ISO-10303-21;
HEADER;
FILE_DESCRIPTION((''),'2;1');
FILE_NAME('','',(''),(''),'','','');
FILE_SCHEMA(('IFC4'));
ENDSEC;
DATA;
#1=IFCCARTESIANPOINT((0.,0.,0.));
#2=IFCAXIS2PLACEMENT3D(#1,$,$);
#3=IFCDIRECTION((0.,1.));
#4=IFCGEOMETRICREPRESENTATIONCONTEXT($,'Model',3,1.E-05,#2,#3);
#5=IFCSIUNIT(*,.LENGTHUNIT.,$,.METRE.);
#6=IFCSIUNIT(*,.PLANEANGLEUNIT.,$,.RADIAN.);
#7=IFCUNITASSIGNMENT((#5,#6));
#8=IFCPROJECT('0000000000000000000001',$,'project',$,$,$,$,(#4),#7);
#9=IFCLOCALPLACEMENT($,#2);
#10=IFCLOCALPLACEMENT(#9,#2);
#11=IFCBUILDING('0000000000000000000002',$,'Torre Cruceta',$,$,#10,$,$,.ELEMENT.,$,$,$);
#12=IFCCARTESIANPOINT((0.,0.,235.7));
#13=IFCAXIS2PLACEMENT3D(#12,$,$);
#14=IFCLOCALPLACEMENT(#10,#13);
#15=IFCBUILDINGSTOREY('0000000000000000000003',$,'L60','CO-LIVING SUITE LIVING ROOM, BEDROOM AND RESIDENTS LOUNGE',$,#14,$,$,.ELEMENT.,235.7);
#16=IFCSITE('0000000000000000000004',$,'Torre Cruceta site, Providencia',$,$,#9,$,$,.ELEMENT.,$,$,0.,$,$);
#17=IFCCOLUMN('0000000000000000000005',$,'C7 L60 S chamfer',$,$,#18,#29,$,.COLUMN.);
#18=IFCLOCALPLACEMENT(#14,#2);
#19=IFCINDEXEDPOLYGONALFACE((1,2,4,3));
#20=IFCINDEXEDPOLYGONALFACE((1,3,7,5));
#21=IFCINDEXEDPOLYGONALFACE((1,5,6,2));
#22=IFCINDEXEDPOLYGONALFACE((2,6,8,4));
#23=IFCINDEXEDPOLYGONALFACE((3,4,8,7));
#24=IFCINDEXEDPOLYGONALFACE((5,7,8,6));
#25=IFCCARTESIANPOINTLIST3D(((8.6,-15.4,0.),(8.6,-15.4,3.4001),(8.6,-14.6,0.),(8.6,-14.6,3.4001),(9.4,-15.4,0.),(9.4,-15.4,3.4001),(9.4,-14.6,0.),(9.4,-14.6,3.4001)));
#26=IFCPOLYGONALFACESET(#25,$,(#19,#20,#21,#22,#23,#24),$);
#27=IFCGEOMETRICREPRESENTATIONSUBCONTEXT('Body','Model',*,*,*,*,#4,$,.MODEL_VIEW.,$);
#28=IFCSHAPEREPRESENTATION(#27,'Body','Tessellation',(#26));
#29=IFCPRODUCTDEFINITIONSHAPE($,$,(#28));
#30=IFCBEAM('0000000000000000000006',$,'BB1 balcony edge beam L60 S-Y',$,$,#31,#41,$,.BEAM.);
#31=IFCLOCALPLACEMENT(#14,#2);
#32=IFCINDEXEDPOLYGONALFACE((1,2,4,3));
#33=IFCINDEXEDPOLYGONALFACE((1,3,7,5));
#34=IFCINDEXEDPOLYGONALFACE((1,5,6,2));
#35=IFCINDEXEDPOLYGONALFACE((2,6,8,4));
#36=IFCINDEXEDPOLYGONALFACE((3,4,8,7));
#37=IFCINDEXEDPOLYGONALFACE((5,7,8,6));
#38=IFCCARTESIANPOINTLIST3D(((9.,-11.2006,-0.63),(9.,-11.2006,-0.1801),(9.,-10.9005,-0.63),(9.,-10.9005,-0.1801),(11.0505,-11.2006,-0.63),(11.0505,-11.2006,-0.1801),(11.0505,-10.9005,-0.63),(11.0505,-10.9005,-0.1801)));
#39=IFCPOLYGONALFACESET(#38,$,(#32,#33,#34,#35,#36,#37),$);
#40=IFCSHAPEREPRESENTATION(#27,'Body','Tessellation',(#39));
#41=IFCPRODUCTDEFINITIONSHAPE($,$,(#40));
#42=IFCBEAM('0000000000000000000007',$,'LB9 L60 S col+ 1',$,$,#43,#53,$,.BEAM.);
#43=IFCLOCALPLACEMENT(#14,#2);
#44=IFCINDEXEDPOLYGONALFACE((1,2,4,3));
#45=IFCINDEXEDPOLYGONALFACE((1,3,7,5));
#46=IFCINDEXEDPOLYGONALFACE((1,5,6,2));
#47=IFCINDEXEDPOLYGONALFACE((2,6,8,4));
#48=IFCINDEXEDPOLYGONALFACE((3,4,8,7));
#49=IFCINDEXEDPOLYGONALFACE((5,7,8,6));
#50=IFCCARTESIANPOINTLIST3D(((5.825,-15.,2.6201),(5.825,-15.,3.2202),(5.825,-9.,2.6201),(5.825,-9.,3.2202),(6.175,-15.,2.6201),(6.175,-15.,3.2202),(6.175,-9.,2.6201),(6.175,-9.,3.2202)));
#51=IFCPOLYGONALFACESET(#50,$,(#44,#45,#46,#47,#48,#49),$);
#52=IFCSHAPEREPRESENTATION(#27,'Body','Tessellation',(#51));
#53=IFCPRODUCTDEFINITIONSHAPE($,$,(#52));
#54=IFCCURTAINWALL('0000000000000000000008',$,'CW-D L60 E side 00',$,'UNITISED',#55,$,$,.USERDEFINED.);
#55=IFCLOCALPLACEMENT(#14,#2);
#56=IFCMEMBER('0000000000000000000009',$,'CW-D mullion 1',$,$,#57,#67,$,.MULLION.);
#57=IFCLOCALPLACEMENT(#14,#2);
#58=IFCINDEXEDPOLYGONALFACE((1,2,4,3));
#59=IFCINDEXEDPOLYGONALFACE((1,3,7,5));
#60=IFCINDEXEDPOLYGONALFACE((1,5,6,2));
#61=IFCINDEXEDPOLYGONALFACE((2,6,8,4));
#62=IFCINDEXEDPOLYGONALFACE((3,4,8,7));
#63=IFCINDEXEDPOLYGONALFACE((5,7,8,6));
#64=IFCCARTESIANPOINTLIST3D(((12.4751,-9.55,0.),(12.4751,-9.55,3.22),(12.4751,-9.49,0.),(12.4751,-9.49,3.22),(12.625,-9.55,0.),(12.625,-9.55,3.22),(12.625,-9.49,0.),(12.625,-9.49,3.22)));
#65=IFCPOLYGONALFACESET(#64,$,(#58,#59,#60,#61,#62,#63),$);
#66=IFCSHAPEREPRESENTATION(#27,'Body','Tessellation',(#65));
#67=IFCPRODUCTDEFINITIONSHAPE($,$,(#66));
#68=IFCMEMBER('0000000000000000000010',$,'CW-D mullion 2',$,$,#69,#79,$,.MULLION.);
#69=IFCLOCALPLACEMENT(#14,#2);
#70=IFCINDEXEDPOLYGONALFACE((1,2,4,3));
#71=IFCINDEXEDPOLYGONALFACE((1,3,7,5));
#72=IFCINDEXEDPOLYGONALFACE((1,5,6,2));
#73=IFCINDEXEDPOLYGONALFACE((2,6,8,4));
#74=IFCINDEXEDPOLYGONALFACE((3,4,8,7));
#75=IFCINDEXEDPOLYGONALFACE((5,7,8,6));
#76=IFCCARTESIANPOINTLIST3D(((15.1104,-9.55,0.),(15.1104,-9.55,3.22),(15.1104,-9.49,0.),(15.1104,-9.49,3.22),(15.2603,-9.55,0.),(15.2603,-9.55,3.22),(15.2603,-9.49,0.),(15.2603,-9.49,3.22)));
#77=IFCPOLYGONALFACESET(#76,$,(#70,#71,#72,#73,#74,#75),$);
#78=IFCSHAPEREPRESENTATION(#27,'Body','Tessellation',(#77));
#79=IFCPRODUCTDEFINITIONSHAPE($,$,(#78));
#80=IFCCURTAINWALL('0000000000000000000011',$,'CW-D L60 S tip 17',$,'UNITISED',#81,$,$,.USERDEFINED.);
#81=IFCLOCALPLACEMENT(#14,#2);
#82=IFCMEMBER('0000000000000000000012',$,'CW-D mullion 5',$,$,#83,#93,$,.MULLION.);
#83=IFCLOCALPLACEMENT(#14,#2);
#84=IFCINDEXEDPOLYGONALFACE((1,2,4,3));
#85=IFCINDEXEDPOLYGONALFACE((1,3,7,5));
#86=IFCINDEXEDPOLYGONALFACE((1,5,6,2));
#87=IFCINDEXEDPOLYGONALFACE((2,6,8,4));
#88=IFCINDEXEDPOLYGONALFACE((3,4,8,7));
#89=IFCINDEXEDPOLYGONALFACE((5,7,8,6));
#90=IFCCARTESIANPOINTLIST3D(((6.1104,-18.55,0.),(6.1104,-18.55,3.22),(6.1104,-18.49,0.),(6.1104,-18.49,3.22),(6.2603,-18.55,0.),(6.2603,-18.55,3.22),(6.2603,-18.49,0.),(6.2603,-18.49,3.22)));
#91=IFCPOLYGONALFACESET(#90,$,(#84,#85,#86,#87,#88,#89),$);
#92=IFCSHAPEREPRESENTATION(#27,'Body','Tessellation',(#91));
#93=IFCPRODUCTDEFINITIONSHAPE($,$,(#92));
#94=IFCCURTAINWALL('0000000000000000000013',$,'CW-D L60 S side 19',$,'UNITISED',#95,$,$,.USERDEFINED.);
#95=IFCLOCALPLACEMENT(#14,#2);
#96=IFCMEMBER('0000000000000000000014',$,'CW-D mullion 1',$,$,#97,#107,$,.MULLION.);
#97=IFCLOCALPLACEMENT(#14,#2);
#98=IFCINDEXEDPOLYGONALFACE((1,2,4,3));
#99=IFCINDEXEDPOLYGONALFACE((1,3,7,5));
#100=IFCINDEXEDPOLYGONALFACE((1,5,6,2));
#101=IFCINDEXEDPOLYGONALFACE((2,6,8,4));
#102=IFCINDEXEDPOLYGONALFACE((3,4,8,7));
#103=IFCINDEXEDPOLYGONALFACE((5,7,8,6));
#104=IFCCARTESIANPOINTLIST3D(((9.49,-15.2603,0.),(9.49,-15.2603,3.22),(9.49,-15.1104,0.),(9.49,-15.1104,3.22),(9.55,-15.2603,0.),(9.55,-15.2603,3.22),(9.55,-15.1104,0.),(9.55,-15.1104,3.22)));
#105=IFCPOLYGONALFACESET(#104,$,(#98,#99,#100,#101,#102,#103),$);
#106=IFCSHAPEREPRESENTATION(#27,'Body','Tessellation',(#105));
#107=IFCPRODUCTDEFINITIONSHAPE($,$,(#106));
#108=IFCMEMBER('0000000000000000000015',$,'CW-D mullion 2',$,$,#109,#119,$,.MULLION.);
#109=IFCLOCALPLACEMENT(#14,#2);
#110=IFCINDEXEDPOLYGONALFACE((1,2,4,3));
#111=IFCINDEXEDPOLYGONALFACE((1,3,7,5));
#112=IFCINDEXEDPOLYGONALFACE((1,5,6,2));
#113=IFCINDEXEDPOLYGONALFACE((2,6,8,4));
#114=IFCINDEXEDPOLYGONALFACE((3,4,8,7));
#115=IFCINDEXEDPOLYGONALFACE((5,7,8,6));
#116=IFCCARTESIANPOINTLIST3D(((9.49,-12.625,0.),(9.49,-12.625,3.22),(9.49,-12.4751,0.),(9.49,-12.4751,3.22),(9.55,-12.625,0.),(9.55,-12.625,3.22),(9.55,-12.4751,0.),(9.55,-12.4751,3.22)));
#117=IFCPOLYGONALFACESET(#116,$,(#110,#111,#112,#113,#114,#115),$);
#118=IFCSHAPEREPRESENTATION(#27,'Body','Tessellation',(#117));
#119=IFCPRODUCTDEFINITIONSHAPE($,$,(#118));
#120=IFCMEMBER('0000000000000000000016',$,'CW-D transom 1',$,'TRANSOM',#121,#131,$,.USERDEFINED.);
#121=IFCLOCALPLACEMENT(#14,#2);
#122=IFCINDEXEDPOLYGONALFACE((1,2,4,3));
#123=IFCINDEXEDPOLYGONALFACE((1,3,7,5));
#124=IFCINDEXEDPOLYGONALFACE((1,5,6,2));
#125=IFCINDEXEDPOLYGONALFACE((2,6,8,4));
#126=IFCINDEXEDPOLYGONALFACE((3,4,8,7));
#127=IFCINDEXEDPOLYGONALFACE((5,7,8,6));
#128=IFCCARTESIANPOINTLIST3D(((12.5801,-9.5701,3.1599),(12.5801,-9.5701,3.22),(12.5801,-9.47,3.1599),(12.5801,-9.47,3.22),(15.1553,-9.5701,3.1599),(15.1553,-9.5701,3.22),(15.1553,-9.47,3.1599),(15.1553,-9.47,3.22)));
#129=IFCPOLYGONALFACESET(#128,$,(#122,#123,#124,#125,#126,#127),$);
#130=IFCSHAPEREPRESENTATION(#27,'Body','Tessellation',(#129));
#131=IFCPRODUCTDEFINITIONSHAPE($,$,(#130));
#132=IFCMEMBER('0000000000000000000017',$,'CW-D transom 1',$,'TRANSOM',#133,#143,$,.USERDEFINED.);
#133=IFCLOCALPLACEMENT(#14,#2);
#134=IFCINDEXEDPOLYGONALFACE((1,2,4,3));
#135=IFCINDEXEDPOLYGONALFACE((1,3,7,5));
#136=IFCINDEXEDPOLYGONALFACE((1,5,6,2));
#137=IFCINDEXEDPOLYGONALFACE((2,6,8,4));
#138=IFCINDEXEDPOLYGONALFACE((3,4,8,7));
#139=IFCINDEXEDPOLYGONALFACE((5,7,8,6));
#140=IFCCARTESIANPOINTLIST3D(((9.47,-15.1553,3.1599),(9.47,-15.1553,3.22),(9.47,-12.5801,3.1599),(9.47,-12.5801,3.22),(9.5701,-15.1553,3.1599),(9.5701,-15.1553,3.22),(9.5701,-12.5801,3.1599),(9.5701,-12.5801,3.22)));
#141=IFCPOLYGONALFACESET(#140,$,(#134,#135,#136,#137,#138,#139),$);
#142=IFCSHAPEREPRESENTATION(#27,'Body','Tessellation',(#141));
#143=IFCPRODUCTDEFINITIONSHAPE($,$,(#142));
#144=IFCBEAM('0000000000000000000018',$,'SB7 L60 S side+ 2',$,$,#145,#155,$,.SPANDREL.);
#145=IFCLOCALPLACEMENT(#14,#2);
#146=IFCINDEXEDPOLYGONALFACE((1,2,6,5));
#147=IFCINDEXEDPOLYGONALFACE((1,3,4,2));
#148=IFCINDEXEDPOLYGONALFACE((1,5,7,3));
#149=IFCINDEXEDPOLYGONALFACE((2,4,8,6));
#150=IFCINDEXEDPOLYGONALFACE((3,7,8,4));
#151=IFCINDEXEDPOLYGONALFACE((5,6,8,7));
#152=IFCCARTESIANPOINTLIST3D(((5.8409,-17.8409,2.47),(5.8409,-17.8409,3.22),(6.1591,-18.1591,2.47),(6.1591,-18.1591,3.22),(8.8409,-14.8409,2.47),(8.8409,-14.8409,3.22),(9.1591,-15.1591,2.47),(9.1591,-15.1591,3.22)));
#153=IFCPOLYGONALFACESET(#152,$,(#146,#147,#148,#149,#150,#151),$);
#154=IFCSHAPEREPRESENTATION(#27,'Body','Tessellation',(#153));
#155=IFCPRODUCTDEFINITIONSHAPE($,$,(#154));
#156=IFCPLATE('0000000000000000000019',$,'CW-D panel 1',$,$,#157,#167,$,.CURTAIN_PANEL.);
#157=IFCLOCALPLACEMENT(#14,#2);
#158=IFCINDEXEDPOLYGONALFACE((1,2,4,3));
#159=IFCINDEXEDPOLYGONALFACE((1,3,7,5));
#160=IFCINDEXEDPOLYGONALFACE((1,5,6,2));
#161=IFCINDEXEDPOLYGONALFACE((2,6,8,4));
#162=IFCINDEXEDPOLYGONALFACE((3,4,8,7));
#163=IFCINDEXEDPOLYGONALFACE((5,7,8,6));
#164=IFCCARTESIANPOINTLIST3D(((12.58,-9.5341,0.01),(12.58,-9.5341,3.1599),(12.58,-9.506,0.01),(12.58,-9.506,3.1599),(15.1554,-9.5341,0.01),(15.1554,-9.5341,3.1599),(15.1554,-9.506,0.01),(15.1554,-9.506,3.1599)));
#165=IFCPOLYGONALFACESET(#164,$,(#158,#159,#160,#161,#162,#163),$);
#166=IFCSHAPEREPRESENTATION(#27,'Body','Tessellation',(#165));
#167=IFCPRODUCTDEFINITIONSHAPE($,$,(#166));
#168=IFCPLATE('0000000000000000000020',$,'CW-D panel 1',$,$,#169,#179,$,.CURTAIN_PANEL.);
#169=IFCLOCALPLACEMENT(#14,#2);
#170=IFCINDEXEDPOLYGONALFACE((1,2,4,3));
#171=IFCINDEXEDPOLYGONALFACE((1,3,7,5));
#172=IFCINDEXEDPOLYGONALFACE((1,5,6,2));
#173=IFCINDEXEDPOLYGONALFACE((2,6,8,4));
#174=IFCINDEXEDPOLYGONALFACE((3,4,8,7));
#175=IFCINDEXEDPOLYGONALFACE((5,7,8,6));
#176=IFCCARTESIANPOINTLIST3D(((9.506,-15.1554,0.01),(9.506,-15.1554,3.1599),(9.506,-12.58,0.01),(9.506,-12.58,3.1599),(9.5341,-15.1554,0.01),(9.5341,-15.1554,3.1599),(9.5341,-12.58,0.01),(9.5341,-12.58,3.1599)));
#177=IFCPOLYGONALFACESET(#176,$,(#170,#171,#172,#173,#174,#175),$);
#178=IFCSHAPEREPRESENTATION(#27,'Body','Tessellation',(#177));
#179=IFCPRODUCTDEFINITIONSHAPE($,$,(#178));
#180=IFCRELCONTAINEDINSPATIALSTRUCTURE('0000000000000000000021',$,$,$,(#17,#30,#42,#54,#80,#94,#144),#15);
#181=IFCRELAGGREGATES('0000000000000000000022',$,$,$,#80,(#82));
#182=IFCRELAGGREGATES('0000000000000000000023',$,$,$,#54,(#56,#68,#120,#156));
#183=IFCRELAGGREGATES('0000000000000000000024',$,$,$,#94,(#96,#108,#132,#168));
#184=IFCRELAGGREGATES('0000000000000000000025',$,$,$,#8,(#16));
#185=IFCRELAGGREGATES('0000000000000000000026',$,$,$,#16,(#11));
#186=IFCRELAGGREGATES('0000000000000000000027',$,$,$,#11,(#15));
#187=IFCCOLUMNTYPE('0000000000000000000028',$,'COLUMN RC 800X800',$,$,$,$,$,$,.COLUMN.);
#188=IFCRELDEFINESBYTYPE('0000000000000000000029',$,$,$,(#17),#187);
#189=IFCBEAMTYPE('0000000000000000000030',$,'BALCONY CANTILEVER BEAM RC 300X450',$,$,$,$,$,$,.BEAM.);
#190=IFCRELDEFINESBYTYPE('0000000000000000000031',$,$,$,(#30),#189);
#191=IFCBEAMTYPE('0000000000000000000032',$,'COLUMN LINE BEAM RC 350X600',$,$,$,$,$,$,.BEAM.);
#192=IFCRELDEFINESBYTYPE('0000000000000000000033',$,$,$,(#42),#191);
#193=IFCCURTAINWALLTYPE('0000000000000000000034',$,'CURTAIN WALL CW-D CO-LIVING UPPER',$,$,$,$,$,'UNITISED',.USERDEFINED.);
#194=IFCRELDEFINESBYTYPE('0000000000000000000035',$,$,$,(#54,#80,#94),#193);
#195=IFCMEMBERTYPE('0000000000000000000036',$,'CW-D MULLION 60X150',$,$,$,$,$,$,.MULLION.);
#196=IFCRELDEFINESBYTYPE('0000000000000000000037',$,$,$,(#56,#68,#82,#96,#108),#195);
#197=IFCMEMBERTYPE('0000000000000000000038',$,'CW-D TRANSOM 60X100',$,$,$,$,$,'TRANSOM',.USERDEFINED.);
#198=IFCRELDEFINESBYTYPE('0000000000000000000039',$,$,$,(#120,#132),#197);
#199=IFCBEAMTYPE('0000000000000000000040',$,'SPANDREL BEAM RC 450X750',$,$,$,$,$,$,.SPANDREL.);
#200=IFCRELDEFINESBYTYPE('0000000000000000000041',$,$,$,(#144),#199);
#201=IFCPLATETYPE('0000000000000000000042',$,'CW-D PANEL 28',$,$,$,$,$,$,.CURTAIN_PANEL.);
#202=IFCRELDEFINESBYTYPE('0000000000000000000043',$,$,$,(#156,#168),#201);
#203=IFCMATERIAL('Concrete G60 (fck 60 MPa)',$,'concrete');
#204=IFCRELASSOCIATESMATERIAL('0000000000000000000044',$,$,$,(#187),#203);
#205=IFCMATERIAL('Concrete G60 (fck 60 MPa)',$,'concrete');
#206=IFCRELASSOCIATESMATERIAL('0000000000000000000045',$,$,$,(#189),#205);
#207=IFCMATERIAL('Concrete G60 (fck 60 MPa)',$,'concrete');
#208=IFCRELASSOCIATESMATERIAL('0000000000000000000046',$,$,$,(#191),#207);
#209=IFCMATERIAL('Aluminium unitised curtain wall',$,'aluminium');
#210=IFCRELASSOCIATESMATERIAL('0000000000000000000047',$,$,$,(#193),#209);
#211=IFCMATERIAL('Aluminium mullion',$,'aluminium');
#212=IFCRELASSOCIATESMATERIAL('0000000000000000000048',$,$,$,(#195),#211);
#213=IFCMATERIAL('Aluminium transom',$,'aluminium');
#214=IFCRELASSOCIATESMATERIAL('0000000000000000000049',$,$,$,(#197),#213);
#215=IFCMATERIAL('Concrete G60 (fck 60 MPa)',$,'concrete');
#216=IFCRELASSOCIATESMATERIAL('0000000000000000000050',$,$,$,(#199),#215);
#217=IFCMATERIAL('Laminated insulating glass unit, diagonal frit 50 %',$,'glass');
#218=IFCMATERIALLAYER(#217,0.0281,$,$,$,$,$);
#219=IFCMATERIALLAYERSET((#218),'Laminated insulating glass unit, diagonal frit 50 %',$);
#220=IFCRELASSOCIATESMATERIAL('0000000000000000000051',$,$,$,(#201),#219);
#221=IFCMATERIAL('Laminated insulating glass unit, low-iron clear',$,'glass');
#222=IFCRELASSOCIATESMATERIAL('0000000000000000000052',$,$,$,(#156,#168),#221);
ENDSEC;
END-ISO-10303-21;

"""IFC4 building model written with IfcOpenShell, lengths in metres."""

from ifc_helpers import new_model, si_unit, direction, frame, origin, origin_2d, place, context, subcontext, project, spatial, rectangle, extrude, material, layer, layer_set, material_profile, profile_set, type_object, element, aggregate, save


model = new_model("IFC4")

# Units and contexts
model_context = context("Model", 3, precision=1e-05, world=origin(), true_north=direction((0.0, 1.0)))
body_context = subcontext(model_context, "Body", "Model", "MODEL_VIEW")
ifc_project = project(units=[si_unit("LENGTHUNIT", "METRE"), si_unit("PLANEANGLEUNIT", "RADIAN")], contexts=[model_context])

# Site, building, storey
site_placement = place(None, origin())
site = spatial("IfcSite", under=ifc_project, at=site_placement, Name="Torre Cruceta site, Providencia", CompositionType="ELEMENT", RefElevation=0.0)
building_placement = place(site_placement, origin())
building = spatial("IfcBuilding", under=site, at=building_placement, Name="Torre Cruceta", CompositionType="ELEMENT")
storey_placement = place(building_placement, frame((0.0, 0.0, 235.7)))
storey = spatial("IfcBuildingStorey", under=building, at=storey_placement, Name="L60", Description="CO-LIVING SUITE LIVING ROOM, BEDROOM AND RESIDENTS LOUNGE", CompositionType="ELEMENT", Elevation=235.7)

# Column
ifc_material_1 = material(Name="Concrete G60 (fck 60 MPa)", Category="concrete")
ifc_material_profile_1 = material_profile(ifc_material_1, rectangle(XDim=0.8, YDim=0.8, at=origin_2d()), Name="RC 800X800")
ifc_profile_set_1 = profile_set([ifc_material_profile_1], Name="Concrete G60 (fck 60 MPa)")
column_type = type_object("IfcColumnType", Name="COLUMN RC 800X800", PredefinedType="COLUMN", material=ifc_profile_set_1)
column_placement = place(storey_placement, frame((9.0, -15.0, 0.0), z_axis=(0.0, 0.0, 1.0), x_axis=(1.0, 0.0, 0.0)))
element("IfcColumn", 1, at=column_placement, inside=storey, type_object=column_type, Name="C7 L60 S chamfer", PredefinedType="COLUMN", context=body_context, shape_type="SweptSolid", body=[
    extrude(rectangle(XDim=0.8, YDim=0.8, at=origin_2d()), origin(), (0.0, 0.0, 1.0), 3.4001),
])

# Beams
ifc_material_2 = material(Name="Concrete G60 (fck 60 MPa)", Category="concrete")
ifc_material_profile_2 = material_profile(ifc_material_2, rectangle(XDim=0.3, YDim=0.45, at=origin_2d()), Name="RC 300X450")
ifc_profile_set_2 = profile_set([ifc_material_profile_2], Name="Concrete G60 (fck 60 MPa)")
beam_type_1 = type_object("IfcBeamType", Name="BALCONY CANTILEVER BEAM RC 300X450", PredefinedType="BEAM", material=ifc_profile_set_2)
beam_1_placement = place(storey_placement, frame((9.0, -11.0505, -0.405), z_axis=(1.0, 0.0, 0.0), x_axis=(0.0, 1.0, 0.0)))
element("IfcBeam", 2, at=beam_1_placement, inside=storey, type_object=beam_type_1, Name="BB1 balcony edge beam L60 S-Y", PredefinedType="BEAM", context=body_context, shape_type="SweptSolid", body=[
    extrude(rectangle(XDim=0.3, YDim=0.45, at=origin_2d()), origin(), (0.0, 0.0, 1.0), 2.0505),
])
ifc_material_3 = material(Name="Concrete G60 (fck 60 MPa)", Category="concrete")
ifc_material_profile_3 = material_profile(ifc_material_3, rectangle(XDim=0.3501, YDim=0.6001, at=origin_2d()), Name="RC 350X600")
ifc_profile_set_3 = profile_set([ifc_material_profile_3], Name="Concrete G60 (fck 60 MPa)")
beam_type_2 = type_object("IfcBeamType", Name="COLUMN LINE BEAM RC 350X600", PredefinedType="BEAM", material=ifc_profile_set_3)
beam_2_placement = place(storey_placement, frame((6.0, -9.0, 2.9202), z_axis=(0.0, -1.0, 0.0), x_axis=(1.0, 0.0, 0.0)))
element("IfcBeam", 3, at=beam_2_placement, inside=storey, type_object=beam_type_2, Name="LB9 L60 S col+ 1", PredefinedType="BEAM", context=body_context, shape_type="SweptSolid", body=[
    extrude(rectangle(XDim=0.3501, YDim=0.6001, at=origin_2d()), origin(), (0.0, 0.0, 1.0), 6.0),
])

# Curtain wall, members
ifc_material_4 = material(Name="Aluminium unitised curtain wall", Category="aluminium")
curtain_wall_type = type_object("IfcCurtainWallType", Name="CURTAIN WALL CW-D CO-LIVING UPPER", ElementType="UNITISED", PredefinedType="USERDEFINED", material=ifc_material_4)
curtain_wall_1_placement = place(storey_placement, origin())
curtain_wall_1 = element("IfcCurtainWall", 4, at=curtain_wall_1_placement, inside=storey, type_object=curtain_wall_type, Name="CW-D L60 E side 00", ObjectType="UNITISED", PredefinedType="USERDEFINED")
ifc_material_5 = material(Name="Aluminium mullion", Category="aluminium")
ifc_material_profile_4 = material_profile(ifc_material_5, rectangle(XDim=0.0601, YDim=0.1499, at=origin_2d()), Name="AL 60X150")
ifc_profile_set_4 = profile_set([ifc_material_profile_4], Name="Aluminium mullion")
member_type_1 = type_object("IfcMemberType", Name="CW-D MULLION 60X150", PredefinedType="MULLION", material=ifc_profile_set_4)
member_1_placement = place(storey_placement, frame((12.55, -9.52, 0.0), z_axis=(0.0, 0.0, 1.0), x_axis=(0.0, 1.0, 0.0)))
member_1 = element("IfcMember", 5, at=member_1_placement, type_object=member_type_1, Name="CW-D mullion 1", PredefinedType="MULLION", context=body_context, shape_type="SweptSolid", body=[
    extrude(rectangle(XDim=0.0601, YDim=0.1499, at=origin_2d()), origin(), (0.0, 0.0, 1.0), 3.22),
])
member_2_placement = place(storey_placement, frame((15.1853, -9.52, 0.0), z_axis=(0.0, 0.0, 1.0), x_axis=(0.0, 1.0, 0.0)))
member_2 = element("IfcMember", 6, at=member_2_placement, type_object=member_type_1, Name="CW-D mullion 2", PredefinedType="MULLION", context=body_context, shape_type="SweptSolid", body=[
    extrude(rectangle(XDim=0.0601, YDim=0.1499, at=origin_2d()), origin(), (0.0, 0.0, 1.0), 3.22),
])

# Curtain wall, member
curtain_wall_2_placement = place(storey_placement, origin())
curtain_wall_2 = element("IfcCurtainWall", 7, at=curtain_wall_2_placement, inside=storey, type_object=curtain_wall_type, Name="CW-D L60 S tip 17", ObjectType="UNITISED", PredefinedType="USERDEFINED")
member_3_placement = place(storey_placement, frame((6.1853, -18.52, 0.0), z_axis=(0.0, 0.0, 1.0), x_axis=(0.0, 1.0, 0.0)))
member_3 = element("IfcMember", 8, at=member_3_placement, type_object=member_type_1, Name="CW-D mullion 5", PredefinedType="MULLION", context=body_context, shape_type="SweptSolid", body=[
    extrude(rectangle(XDim=0.0601, YDim=0.1499, at=origin_2d()), origin(), (0.0, 0.0, 1.0), 3.22),
])
aggregate(curtain_wall_2, [member_3])

# Curtain wall, members
curtain_wall_3_placement = place(storey_placement, origin())
curtain_wall_3 = element("IfcCurtainWall", 9, at=curtain_wall_3_placement, inside=storey, type_object=curtain_wall_type, Name="CW-D L60 S side 19", ObjectType="UNITISED", PredefinedType="USERDEFINED")
member_4_placement = place(storey_placement, frame((9.52, -15.1853, 0.0), z_axis=(0.0, 0.0, 1.0), x_axis=(-1.0, 0.0, 0.0)))
member_4 = element("IfcMember", 10, at=member_4_placement, type_object=member_type_1, Name="CW-D mullion 1", PredefinedType="MULLION", context=body_context, shape_type="SweptSolid", body=[
    extrude(rectangle(XDim=0.0601, YDim=0.1499, at=origin_2d()), origin(), (0.0, 0.0, 1.0), 3.22),
])
member_5_placement = place(storey_placement, frame((9.52, -12.55, 0.0), z_axis=(0.0, 0.0, 1.0), x_axis=(-1.0, 0.0, 0.0)))
member_5 = element("IfcMember", 11, at=member_5_placement, type_object=member_type_1, Name="CW-D mullion 2", PredefinedType="MULLION", context=body_context, shape_type="SweptSolid", body=[
    extrude(rectangle(XDim=0.0601, YDim=0.1499, at=origin_2d()), origin(), (0.0, 0.0, 1.0), 3.22),
])

# Members
ifc_material_6 = material(Name="Aluminium transom", Category="aluminium")
ifc_material_profile_5 = material_profile(ifc_material_6, rectangle(XDim=0.1001, YDim=0.0601, at=origin_2d()), Name="AL 100X60")
ifc_profile_set_5 = profile_set([ifc_material_profile_5], Name="Aluminium transom")
member_type_2 = type_object("IfcMemberType", Name="CW-D TRANSOM 60X100", ElementType="TRANSOM", PredefinedType="USERDEFINED", material=ifc_profile_set_5)
member_6_placement = place(storey_placement, frame((12.5801, -9.52, 3.1899), z_axis=(1.0, 0.0, 0.0), x_axis=(0.0, 1.0, 0.0)))
member_6 = element("IfcMember", 12, at=member_6_placement, type_object=member_type_2, Name="CW-D transom 1", ObjectType="TRANSOM", PredefinedType="USERDEFINED", context=body_context, shape_type="SweptSolid", body=[
    extrude(rectangle(XDim=0.1001, YDim=0.0601, at=origin_2d()), origin(), (0.0, 0.0, 1.0), 2.5752),
])
member_7_placement = place(storey_placement, frame((9.52, -15.1553, 3.1899), z_axis=(0.0, 1.0, 0.0), x_axis=(-1.0, 0.0, 0.0)))
member_7 = element("IfcMember", 13, at=member_7_placement, type_object=member_type_2, Name="CW-D transom 1", ObjectType="TRANSOM", PredefinedType="USERDEFINED", context=body_context, shape_type="SweptSolid", body=[
    extrude(rectangle(XDim=0.1001, YDim=0.0601, at=origin_2d()), origin(), (0.0, 0.0, 1.0), 2.5752),
])

# Beam
ifc_material_7 = material(Name="Concrete G60 (fck 60 MPa)", Category="concrete")
ifc_material_profile_6 = material_profile(ifc_material_7, rectangle(XDim=0.45, YDim=0.75, at=origin_2d()), Name="RC 450X750")
ifc_profile_set_6 = profile_set([ifc_material_profile_6], Name="Concrete G60 (fck 60 MPa)")
beam_type_3 = type_object("IfcBeamType", Name="SPANDREL BEAM RC 450X750", PredefinedType="SPANDREL", material=ifc_profile_set_6)
beam_3_placement = place(storey_placement, frame((9.0, -15.0, 2.845), z_axis=(-0.707107, -0.707107, 0.0), x_axis=(0.707107, -0.707107, 0.0)))
element("IfcBeam", 14, at=beam_3_placement, inside=storey, type_object=beam_type_3, Name="SB7 L60 S side+ 2", PredefinedType="SPANDREL", context=body_context, shape_type="SweptSolid", body=[
    extrude(rectangle(XDim=0.45, YDim=0.75, at=origin_2d()), origin(), (0.0, 0.0, 1.0), 4.2427),
])

# Plates
ifc_material_8 = material(Name="Laminated insulating glass unit, low-iron clear", Category="glass")
ifc_material_9 = material(Name="Laminated insulating glass unit, diagonal frit 50 %", Category="glass")
ifc_layer_1 = layer(ifc_material_9, 0.0281)
ifc_layer_set_1 = layer_set([ifc_layer_1], Name="Laminated insulating glass unit, diagonal frit 50 %")
plate_type = type_object("IfcPlateType", Name="CW-D PANEL 28", PredefinedType="CURTAIN_PANEL", material=ifc_layer_set_1)
plate_1_placement = place(storey_placement, frame((13.8677, -9.52, 0.01), z_axis=(0.0, 0.0, 1.0), x_axis=(1.0, 0.0, 0.0)))
plate_1 = element("IfcPlate", 15, at=plate_1_placement, type_object=plate_type, material=ifc_material_8, Name="CW-D panel 1", PredefinedType="CURTAIN_PANEL", context=body_context, shape_type="SweptSolid", body=[
    extrude(rectangle(XDim=2.5754, YDim=0.0281, at=origin_2d()), origin(), (0.0, 0.0, 1.0), 3.1499),
])
aggregate(curtain_wall_1, [member_1, member_2, member_6, plate_1])
plate_2_placement = place(storey_placement, frame((9.52, -13.8677, 0.01), z_axis=(0.0, 0.0, 1.0), x_axis=(0.0, 1.0, 0.0)))
plate_2 = element("IfcPlate", 16, at=plate_2_placement, type_object=plate_type, material=ifc_material_8, Name="CW-D panel 1", PredefinedType="CURTAIN_PANEL", context=body_context, shape_type="SweptSolid", body=[
    extrude(rectangle(XDim=2.5754, YDim=0.0281, at=origin_2d()), origin(), (0.0, 0.0, 1.0), 3.1499),
])
aggregate(curtain_wall_3, [member_4, member_5, member_7, plate_2])

save(model, "model.ifc")
